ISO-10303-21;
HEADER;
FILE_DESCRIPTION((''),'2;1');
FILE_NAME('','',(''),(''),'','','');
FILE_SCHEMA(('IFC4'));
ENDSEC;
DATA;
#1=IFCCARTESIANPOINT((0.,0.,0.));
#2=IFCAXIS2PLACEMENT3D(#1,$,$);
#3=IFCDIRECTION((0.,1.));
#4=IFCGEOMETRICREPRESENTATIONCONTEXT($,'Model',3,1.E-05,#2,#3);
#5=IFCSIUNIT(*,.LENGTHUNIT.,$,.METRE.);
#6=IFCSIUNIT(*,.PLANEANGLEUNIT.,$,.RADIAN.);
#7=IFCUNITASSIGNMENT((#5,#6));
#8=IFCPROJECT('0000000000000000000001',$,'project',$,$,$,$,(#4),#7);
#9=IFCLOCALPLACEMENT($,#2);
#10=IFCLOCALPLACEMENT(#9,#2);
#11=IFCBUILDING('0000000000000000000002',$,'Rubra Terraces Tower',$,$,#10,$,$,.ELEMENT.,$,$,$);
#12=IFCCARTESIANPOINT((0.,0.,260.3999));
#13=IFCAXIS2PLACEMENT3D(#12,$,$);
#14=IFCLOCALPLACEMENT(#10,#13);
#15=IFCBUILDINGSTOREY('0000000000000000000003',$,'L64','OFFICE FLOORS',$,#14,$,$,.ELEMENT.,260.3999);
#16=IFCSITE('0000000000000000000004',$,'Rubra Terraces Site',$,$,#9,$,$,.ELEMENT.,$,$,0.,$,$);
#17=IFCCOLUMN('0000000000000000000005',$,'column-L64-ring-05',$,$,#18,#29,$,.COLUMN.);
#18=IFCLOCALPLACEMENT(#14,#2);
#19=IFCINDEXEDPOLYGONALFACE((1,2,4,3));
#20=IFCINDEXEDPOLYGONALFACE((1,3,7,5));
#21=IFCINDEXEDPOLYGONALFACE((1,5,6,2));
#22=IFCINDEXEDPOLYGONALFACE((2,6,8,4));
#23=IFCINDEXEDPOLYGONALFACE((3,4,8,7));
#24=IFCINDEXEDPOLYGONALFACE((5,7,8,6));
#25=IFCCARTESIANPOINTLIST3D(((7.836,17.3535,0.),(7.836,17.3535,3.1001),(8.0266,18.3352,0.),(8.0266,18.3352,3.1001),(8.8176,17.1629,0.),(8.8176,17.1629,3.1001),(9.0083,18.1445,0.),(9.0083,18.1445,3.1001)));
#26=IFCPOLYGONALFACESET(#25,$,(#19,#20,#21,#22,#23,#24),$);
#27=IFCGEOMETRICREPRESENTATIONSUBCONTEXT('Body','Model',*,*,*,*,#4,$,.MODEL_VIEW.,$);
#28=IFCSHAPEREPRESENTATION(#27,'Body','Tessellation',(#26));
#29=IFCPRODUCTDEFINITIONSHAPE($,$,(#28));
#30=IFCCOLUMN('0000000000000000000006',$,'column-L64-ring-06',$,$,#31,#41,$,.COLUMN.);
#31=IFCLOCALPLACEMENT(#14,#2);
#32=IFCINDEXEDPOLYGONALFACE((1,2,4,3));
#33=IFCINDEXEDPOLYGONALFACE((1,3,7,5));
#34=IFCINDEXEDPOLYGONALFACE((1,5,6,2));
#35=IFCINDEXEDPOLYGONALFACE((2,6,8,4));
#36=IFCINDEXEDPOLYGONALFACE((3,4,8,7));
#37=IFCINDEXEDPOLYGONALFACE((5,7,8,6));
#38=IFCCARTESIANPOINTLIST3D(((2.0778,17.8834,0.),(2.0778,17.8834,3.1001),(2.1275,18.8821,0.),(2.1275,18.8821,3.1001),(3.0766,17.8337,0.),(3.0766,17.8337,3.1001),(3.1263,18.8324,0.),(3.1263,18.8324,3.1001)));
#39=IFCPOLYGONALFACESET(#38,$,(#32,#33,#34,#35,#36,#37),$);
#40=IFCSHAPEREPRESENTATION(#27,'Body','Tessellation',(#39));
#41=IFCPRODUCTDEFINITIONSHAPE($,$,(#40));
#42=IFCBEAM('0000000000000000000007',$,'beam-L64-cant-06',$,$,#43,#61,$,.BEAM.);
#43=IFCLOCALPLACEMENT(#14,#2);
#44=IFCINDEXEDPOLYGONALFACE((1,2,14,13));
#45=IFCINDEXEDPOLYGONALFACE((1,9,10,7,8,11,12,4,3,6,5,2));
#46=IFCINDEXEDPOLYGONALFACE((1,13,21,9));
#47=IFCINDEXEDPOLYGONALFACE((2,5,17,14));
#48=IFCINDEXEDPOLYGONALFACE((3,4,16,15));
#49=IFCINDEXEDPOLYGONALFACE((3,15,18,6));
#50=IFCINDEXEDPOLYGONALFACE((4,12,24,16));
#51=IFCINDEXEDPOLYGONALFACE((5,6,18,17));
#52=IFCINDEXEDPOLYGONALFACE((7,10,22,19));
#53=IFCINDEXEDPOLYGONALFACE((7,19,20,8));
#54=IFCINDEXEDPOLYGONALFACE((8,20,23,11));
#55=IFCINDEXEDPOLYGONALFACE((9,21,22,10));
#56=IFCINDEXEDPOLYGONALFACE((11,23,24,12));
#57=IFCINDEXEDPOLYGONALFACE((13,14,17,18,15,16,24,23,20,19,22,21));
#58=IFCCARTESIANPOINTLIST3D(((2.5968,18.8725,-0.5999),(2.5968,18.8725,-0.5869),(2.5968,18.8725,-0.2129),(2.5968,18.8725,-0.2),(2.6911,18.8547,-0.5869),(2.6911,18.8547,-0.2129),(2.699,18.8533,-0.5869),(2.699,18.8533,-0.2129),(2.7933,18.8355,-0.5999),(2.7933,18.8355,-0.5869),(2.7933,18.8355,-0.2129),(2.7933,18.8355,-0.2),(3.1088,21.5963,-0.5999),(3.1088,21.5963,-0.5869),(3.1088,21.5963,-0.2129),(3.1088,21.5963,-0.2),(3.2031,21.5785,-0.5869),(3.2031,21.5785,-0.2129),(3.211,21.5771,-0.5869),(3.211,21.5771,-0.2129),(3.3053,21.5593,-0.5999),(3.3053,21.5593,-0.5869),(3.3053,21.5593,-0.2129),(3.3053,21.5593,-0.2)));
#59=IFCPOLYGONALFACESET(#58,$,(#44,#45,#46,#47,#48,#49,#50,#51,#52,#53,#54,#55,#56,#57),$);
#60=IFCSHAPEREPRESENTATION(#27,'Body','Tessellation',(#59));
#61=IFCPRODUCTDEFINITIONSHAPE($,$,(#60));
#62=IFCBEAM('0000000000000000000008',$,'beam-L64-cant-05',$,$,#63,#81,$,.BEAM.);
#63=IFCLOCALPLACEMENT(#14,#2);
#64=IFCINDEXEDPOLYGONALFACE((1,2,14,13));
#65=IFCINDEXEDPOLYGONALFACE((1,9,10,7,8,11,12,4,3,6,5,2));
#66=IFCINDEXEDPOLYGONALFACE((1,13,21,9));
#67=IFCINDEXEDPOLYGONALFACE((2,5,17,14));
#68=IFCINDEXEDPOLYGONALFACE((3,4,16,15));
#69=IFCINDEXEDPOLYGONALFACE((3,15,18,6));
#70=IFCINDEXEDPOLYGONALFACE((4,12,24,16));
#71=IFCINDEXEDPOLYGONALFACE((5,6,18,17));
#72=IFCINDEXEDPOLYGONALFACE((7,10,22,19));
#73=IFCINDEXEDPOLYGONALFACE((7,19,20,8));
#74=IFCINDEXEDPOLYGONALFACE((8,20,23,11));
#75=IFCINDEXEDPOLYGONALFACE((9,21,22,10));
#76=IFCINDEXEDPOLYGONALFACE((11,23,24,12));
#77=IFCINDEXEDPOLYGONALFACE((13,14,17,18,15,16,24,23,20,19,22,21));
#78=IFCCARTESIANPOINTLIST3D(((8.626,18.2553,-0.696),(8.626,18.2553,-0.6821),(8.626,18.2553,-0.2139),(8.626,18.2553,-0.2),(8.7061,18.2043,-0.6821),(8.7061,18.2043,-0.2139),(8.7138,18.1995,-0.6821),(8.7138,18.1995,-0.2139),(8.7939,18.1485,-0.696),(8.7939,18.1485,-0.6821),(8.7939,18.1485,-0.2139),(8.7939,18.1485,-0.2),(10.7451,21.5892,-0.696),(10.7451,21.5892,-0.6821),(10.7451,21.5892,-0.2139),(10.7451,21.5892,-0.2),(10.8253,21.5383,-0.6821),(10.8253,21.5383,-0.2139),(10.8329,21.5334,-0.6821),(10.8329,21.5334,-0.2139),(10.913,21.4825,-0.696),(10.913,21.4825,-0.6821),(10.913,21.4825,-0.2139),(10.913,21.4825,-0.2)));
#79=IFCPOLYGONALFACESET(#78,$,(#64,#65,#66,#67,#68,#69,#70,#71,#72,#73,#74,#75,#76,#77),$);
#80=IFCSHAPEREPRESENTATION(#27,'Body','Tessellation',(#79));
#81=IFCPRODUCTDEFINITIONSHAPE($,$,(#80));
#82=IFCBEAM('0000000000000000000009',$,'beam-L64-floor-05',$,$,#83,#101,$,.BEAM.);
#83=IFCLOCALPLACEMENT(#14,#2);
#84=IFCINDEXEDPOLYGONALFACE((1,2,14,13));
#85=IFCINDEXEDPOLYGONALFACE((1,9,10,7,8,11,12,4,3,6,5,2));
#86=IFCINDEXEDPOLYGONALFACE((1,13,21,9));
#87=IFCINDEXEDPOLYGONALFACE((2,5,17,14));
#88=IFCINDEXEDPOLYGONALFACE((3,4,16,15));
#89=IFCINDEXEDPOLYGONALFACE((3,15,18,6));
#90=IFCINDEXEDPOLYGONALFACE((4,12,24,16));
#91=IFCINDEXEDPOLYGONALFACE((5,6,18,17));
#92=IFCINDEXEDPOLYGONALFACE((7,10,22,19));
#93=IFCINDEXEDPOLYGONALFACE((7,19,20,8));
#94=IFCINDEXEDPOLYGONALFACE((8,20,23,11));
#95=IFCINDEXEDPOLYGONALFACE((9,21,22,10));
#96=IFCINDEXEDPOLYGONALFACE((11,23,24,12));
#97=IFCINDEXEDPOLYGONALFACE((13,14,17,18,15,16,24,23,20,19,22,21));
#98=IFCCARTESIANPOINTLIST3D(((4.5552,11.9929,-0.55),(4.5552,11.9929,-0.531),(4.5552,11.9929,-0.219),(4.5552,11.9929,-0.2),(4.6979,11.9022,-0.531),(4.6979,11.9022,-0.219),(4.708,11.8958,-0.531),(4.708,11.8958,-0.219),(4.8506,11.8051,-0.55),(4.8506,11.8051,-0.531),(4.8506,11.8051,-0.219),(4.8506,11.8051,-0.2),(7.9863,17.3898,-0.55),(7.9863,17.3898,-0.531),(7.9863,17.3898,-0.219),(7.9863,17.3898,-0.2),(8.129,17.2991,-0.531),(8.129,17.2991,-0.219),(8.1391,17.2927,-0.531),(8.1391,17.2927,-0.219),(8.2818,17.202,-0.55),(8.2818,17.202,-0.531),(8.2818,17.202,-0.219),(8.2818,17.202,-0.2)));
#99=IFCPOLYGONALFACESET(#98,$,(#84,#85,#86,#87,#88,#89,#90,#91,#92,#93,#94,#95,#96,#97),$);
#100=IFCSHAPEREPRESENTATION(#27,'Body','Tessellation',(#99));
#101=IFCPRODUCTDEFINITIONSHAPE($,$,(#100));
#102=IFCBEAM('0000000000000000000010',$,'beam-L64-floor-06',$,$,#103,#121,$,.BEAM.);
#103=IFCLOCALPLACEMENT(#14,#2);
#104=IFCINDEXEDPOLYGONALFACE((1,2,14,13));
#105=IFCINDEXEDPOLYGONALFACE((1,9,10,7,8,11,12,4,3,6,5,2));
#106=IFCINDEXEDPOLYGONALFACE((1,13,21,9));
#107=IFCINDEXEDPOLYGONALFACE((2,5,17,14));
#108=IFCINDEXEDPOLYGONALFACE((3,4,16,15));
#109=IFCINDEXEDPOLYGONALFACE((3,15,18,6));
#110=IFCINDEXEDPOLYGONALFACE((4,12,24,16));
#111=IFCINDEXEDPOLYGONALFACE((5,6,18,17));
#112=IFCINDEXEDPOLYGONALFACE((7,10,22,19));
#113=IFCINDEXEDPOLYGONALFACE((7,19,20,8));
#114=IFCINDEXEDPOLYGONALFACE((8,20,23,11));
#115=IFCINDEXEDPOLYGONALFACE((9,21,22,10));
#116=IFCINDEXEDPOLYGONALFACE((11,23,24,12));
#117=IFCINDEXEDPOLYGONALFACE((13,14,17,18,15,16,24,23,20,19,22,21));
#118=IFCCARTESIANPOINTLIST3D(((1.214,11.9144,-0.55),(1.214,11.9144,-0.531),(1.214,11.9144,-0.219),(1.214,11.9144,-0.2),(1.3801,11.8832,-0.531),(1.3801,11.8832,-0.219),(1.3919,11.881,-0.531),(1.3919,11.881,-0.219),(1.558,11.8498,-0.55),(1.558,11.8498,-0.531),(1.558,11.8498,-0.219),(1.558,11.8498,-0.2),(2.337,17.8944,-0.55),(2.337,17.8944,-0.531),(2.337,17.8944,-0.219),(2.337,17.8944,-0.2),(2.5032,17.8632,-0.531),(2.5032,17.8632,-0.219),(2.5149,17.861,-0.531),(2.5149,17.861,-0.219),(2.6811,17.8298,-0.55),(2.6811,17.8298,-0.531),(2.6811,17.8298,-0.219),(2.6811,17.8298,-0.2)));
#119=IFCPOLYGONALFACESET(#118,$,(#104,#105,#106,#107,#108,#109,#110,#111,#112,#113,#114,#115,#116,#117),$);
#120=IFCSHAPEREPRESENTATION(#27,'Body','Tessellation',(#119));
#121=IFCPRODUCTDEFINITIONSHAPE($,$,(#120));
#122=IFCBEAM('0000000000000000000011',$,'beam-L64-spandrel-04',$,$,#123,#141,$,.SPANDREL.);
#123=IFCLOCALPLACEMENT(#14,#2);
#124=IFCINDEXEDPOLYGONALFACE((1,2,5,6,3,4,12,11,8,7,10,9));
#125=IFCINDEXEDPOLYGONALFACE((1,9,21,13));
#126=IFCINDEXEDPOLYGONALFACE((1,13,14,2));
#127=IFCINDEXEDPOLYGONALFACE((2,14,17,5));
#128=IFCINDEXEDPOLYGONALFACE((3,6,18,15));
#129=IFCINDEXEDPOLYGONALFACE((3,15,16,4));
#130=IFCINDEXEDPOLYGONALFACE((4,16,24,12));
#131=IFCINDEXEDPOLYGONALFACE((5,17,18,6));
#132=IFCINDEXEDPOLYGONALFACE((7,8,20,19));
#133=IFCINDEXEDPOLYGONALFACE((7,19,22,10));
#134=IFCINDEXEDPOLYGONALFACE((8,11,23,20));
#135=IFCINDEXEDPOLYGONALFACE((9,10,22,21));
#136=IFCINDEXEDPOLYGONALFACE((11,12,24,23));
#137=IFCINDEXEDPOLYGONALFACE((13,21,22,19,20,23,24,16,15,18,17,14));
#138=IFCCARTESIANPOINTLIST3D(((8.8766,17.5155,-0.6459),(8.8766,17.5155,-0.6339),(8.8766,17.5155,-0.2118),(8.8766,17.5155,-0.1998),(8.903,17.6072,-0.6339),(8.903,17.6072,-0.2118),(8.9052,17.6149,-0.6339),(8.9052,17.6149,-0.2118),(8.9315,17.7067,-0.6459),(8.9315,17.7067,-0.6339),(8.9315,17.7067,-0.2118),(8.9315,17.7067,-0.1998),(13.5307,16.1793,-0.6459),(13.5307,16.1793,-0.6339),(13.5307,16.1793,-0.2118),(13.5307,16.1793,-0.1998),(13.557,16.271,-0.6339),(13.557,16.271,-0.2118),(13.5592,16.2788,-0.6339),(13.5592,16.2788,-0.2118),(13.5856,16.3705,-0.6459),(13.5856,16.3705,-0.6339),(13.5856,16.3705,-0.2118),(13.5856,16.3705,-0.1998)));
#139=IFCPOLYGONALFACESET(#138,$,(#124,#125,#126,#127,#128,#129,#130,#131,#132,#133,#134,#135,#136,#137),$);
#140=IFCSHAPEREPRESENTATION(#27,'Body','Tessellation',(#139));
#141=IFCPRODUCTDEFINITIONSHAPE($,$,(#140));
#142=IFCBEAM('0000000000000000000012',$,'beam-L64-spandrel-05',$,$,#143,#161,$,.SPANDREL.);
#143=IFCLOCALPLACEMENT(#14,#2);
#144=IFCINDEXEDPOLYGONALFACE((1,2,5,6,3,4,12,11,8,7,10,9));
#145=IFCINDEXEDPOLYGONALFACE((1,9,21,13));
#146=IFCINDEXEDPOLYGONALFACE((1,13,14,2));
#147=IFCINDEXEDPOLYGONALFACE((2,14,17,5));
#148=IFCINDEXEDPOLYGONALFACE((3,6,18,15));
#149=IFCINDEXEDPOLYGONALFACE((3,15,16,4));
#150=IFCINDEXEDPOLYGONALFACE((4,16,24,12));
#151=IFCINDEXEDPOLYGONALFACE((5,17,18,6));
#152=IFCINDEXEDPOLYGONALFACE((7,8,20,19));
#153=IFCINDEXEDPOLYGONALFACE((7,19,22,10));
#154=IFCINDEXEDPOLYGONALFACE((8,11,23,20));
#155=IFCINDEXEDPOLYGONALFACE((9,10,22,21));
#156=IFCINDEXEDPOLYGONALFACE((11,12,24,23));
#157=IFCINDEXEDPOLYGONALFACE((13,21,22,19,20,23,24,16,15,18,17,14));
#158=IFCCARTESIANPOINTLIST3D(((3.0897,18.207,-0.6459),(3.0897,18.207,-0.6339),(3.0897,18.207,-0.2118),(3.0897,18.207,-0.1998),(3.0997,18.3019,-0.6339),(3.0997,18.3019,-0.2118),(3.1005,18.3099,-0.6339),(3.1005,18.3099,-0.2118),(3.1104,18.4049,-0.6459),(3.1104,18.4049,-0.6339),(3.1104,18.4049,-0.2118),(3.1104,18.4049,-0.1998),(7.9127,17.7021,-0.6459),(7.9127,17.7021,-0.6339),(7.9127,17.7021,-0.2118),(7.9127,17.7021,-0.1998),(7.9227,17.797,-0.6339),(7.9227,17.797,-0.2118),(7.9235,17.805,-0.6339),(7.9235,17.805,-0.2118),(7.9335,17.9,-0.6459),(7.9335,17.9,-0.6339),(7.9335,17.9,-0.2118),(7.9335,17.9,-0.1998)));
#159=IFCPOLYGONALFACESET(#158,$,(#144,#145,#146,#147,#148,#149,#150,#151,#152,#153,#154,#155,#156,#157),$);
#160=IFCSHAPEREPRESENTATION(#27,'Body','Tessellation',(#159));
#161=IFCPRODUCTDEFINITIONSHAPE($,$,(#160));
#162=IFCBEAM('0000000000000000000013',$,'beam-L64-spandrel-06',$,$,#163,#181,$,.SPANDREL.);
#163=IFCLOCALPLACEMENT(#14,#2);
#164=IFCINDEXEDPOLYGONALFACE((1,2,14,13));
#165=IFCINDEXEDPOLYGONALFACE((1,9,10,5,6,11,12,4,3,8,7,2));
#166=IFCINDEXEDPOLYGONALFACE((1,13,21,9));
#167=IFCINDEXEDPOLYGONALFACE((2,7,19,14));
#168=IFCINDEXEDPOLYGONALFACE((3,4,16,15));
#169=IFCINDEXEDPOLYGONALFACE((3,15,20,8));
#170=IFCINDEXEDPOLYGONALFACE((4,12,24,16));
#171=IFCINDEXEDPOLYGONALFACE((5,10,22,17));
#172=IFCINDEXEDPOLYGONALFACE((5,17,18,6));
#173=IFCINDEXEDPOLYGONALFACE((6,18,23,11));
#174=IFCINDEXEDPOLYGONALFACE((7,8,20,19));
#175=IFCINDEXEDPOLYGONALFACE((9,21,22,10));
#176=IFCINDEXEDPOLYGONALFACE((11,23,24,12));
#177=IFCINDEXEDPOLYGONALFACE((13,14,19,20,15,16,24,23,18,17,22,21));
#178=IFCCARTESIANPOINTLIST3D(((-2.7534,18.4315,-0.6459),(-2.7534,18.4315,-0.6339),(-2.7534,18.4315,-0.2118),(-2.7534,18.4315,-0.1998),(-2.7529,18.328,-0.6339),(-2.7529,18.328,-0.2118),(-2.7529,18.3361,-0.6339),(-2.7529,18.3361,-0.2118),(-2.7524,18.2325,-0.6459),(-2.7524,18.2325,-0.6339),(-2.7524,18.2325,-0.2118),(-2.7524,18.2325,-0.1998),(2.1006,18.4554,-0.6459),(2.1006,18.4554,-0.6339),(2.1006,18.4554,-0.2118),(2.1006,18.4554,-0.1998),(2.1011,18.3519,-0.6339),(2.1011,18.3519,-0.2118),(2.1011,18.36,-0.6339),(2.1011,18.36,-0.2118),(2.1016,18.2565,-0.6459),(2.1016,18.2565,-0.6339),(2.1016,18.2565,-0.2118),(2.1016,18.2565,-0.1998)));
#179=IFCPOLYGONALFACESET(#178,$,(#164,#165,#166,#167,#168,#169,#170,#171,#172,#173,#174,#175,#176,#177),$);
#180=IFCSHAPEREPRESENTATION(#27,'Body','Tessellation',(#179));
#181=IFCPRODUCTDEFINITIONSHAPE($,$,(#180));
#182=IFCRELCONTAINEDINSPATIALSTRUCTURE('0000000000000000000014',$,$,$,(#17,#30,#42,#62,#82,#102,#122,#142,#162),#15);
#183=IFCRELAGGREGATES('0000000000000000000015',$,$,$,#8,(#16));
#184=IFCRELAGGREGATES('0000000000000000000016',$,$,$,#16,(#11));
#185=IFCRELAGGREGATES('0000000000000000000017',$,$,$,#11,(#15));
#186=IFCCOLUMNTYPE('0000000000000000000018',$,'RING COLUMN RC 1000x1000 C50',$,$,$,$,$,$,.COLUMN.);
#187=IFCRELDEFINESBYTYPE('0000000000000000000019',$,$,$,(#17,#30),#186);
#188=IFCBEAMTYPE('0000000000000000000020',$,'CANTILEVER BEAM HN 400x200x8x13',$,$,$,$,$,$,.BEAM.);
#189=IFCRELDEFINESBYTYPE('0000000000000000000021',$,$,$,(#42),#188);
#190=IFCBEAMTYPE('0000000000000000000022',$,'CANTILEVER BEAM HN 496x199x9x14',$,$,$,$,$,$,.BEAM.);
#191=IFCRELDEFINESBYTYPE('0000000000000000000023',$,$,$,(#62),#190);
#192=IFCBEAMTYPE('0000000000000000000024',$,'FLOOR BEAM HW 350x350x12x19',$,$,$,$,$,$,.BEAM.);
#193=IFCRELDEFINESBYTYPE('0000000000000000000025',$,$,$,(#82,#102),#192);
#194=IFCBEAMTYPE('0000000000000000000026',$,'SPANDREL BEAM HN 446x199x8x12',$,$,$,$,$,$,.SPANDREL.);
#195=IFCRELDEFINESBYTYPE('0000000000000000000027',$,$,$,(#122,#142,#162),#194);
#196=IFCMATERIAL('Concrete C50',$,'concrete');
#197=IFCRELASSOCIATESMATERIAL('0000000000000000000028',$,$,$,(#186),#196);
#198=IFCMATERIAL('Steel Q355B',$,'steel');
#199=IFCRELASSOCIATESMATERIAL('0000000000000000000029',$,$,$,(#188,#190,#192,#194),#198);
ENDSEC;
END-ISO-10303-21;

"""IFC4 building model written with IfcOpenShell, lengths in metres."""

from ifc_helpers import new_model, si_unit, direction, frame, origin, origin_2d, place, context, subcontext, project, spatial, rectangle, i_section, extrude, material, material_profile, profile_set, type_object, element, save


model = new_model("IFC4")

# Units and contexts
model_context = context("Model", 3, precision=1e-05, world=origin(), true_north=direction((0.0, 1.0)))
body_context = subcontext(model_context, "Body", "Model", "MODEL_VIEW")
ifc_project = project(units=[si_unit("LENGTHUNIT", "METRE"), si_unit("PLANEANGLEUNIT", "RADIAN")], contexts=[model_context])

# Site, building, storey
site_placement = place(None, origin())
site = spatial("IfcSite", under=ifc_project, at=site_placement, Name="Rubra Terraces Site", CompositionType="ELEMENT", RefElevation=0.0)
building_placement = place(site_placement, origin())
building = spatial("IfcBuilding", under=site, at=building_placement, Name="Rubra Terraces Tower", CompositionType="ELEMENT")
storey_placement = place(building_placement, frame((0.0, 0.0, 260.3999)))
storey = spatial("IfcBuildingStorey", under=building, at=storey_placement, Name="L64", Description="OFFICE FLOORS", CompositionType="ELEMENT", Elevation=260.3999)

# Columns
ifc_material_1 = material(Name="Concrete C50", Category="concrete")
ifc_material_profile_1 = material_profile(ifc_material_1, rectangle(XDim=1.0, YDim=1.0, at=origin_2d()), Name="RC 1000x1000")
ifc_profile_set_1 = profile_set([ifc_material_profile_1], Name="Concrete C50")
column_type = type_object("IfcColumnType", Name="RING COLUMN RC 1000x1000 C50", PredefinedType="COLUMN", material=ifc_profile_set_1)
for number, where, z_axis, x_axis, name in (
    (1, (8.4221, 17.749, 0.0), (0.0, 0.0, 1.0), (-0.981655, 0.190668, 0.0), "column-L64-ring-05"),
    (2, (2.6021, 18.3579, 0.0), (0.0, 0.0, 1.0), (-0.998764, 0.049699, 0.0), "column-L64-ring-06"),
):
    element("IfcColumn", number, at=place(storey_placement, frame(where, z_axis=z_axis, x_axis=x_axis)), inside=storey, type_object=column_type, Name=name, PredefinedType="COLUMN", context=body_context, shape_type="SweptSolid", body=[
        extrude(rectangle(XDim=1.0, YDim=1.0, at=origin_2d()), origin(), (0.0, 0.0, 1.0), 3.1001),
    ])

# Beams
ifc_material_2 = material(Name="Steel Q355B", Category="steel")
ifc_material_profile_2 = material_profile(ifc_material_2, i_section(OverallWidth=0.2, OverallDepth=0.3999, WebThickness=0.0081, FlangeThickness=0.0129, at=origin_2d()), Name="HN 400x200x8x13")
ifc_profile_set_2 = profile_set([ifc_material_profile_2], Name="Steel Q355B")
beam_type_1 = type_object("IfcBeamType", Name="CANTILEVER BEAM HN 400x200x8x13", PredefinedType="BEAM", material=ifc_profile_set_2)
beam_1_placement = place(storey_placement, frame((2.6951, 18.854, -0.3999), z_axis=(0.184719, 0.982791, 0.0), x_axis=(-0.982791, 0.184719, 0.0)))
element("IfcBeam", 3, at=beam_1_placement, inside=storey, type_object=beam_type_1, Name="beam-L64-cant-06", PredefinedType="BEAM", context=body_context, shape_type="SweptSolid", body=[
    extrude(i_section(OverallWidth=0.2, OverallDepth=0.3999, WebThickness=0.0081, FlangeThickness=0.0129, at=origin_2d()), origin(), (0.0, 0.0, 1.0), 2.7715),
])
ifc_material_profile_3 = material_profile(ifc_material_2, i_section(OverallWidth=0.199, OverallDepth=0.4961, WebThickness=0.009, FlangeThickness=0.0139, at=origin_2d()), Name="HN 496x199x9x14")
ifc_profile_set_3 = profile_set([ifc_material_profile_3], Name="Steel Q355B")
beam_type_2 = type_object("IfcBeamType", Name="CANTILEVER BEAM HN 496x199x9x14", PredefinedType="BEAM", material=ifc_profile_set_3)
beam_2_placement = place(storey_placement, frame((8.71, 18.2019, -0.448), z_axis=(0.536428, 0.843946, 0.0), x_axis=(-0.843946, 0.536428, 0.0)))
element("IfcBeam", 4, at=beam_2_placement, inside=storey, type_object=beam_type_2, Name="beam-L64-cant-05", PredefinedType="BEAM", context=body_context, shape_type="SweptSolid", body=[
    extrude(i_section(OverallWidth=0.199, OverallDepth=0.4961, WebThickness=0.009, FlangeThickness=0.0139, at=origin_2d()), origin(), (0.0, 0.0, 1.0), 3.9504),
])
ifc_material_profile_4 = material_profile(ifc_material_2, i_section(OverallWidth=0.3501, OverallDepth=0.3501, WebThickness=0.012, FlangeThickness=0.019, at=origin_2d()), Name="HW 350x350x12x19")
ifc_profile_set_4 = profile_set([ifc_material_profile_4], Name="Steel Q355B")
beam_type_3 = type_object("IfcBeamType", Name="FLOOR BEAM HW 350x350x12x19", PredefinedType="BEAM", material=ifc_profile_set_4)
beam_3_placement = place(storey_placement, frame((8.134, 17.2959, -0.375), z_axis=(-0.53651, -0.843894, 0.0), x_axis=(0.843894, -0.53651, 0.0)))
element("IfcBeam", 5, at=beam_3_placement, inside=storey, type_object=beam_type_3, Name="beam-L64-floor-05", PredefinedType="BEAM", context=body_context, shape_type="SweptSolid", body=[
    extrude(i_section(OverallWidth=0.3501, OverallDepth=0.3501, WebThickness=0.012, FlangeThickness=0.019, at=origin_2d()), origin(), (0.0, 0.0, 1.0), 6.3953),
])
beam_4_placement = place(storey_placement, frame((2.509, 17.8621, -0.375), z_axis=(-0.184574, -0.982819, 0.0), x_axis=(0.982819, -0.184574, 0.0)))
element("IfcBeam", 6, at=beam_4_placement, inside=storey, type_object=beam_type_3, Name="beam-L64-floor-06", PredefinedType="BEAM", context=body_context, shape_type="SweptSolid", body=[
    extrude(i_section(OverallWidth=0.3501, OverallDepth=0.3501, WebThickness=0.012, FlangeThickness=0.019, at=origin_2d()), origin(), (0.0, 0.0, 1.0), 6.0845),
])
ifc_material_profile_5 = material_profile(ifc_material_2, i_section(OverallWidth=0.199, OverallDepth=0.446, WebThickness=0.0081, FlangeThickness=0.012, at=origin_2d()), Name="HN 446x199x8x12")
ifc_profile_set_5 = profile_set([ifc_material_profile_5], Name="Steel Q355B")
beam_type_4 = type_object("IfcBeamType", Name="SPANDREL BEAM HN 446x199x8x12", PredefinedType="SPANDREL", material=ifc_profile_set_5)
beam_5_placement = place(storey_placement, frame((13.5581, 16.2749, -0.4229), z_axis=(-0.961171, 0.275953, 0.0), x_axis=(-0.275953, -0.961171, 0.0)))
element("IfcBeam", 7, at=beam_5_placement, inside=storey, type_object=beam_type_4, Name="beam-L64-spandrel-04", PredefinedType="SPANDREL", context=body_context, shape_type="SweptSolid", body=[
    extrude(i_section(OverallWidth=0.199, OverallDepth=0.446, WebThickness=0.0081, FlangeThickness=0.012, at=origin_2d()), origin(), (0.0, 0.0, 1.0), 4.842),
])
beam_6_placement = place(storey_placement, frame((7.9231, 17.801, -0.4229), z_axis=(-0.994565, 0.104113, 0.0), x_axis=(-0.104113, -0.994565, 0.0)))
element("IfcBeam", 8, at=beam_6_placement, inside=storey, type_object=beam_type_4, Name="beam-L64-spandrel-05", PredefinedType="SPANDREL", context=body_context, shape_type="SweptSolid", body=[
    extrude(i_section(OverallWidth=0.199, OverallDepth=0.446, WebThickness=0.0081, FlangeThickness=0.012, at=origin_2d()), origin(), (0.0, 0.0, 1.0), 4.8494),
])
beam_7_placement = place(storey_placement, frame((2.1011, 18.356, -0.4229), z_axis=(-0.999988, -0.004929, 0.0), x_axis=(0.004929, -0.999988, 0.0)))
element("IfcBeam", 9, at=beam_7_placement, inside=storey, type_object=beam_type_4, Name="beam-L64-spandrel-06", PredefinedType="SPANDREL", context=body_context, shape_type="SweptSolid", body=[
    extrude(i_section(OverallWidth=0.199, OverallDepth=0.446, WebThickness=0.0081, FlangeThickness=0.012, at=origin_2d()), origin(), (0.0, 0.0, 1.0), 4.854),
])

save(model, "model.ifc")
